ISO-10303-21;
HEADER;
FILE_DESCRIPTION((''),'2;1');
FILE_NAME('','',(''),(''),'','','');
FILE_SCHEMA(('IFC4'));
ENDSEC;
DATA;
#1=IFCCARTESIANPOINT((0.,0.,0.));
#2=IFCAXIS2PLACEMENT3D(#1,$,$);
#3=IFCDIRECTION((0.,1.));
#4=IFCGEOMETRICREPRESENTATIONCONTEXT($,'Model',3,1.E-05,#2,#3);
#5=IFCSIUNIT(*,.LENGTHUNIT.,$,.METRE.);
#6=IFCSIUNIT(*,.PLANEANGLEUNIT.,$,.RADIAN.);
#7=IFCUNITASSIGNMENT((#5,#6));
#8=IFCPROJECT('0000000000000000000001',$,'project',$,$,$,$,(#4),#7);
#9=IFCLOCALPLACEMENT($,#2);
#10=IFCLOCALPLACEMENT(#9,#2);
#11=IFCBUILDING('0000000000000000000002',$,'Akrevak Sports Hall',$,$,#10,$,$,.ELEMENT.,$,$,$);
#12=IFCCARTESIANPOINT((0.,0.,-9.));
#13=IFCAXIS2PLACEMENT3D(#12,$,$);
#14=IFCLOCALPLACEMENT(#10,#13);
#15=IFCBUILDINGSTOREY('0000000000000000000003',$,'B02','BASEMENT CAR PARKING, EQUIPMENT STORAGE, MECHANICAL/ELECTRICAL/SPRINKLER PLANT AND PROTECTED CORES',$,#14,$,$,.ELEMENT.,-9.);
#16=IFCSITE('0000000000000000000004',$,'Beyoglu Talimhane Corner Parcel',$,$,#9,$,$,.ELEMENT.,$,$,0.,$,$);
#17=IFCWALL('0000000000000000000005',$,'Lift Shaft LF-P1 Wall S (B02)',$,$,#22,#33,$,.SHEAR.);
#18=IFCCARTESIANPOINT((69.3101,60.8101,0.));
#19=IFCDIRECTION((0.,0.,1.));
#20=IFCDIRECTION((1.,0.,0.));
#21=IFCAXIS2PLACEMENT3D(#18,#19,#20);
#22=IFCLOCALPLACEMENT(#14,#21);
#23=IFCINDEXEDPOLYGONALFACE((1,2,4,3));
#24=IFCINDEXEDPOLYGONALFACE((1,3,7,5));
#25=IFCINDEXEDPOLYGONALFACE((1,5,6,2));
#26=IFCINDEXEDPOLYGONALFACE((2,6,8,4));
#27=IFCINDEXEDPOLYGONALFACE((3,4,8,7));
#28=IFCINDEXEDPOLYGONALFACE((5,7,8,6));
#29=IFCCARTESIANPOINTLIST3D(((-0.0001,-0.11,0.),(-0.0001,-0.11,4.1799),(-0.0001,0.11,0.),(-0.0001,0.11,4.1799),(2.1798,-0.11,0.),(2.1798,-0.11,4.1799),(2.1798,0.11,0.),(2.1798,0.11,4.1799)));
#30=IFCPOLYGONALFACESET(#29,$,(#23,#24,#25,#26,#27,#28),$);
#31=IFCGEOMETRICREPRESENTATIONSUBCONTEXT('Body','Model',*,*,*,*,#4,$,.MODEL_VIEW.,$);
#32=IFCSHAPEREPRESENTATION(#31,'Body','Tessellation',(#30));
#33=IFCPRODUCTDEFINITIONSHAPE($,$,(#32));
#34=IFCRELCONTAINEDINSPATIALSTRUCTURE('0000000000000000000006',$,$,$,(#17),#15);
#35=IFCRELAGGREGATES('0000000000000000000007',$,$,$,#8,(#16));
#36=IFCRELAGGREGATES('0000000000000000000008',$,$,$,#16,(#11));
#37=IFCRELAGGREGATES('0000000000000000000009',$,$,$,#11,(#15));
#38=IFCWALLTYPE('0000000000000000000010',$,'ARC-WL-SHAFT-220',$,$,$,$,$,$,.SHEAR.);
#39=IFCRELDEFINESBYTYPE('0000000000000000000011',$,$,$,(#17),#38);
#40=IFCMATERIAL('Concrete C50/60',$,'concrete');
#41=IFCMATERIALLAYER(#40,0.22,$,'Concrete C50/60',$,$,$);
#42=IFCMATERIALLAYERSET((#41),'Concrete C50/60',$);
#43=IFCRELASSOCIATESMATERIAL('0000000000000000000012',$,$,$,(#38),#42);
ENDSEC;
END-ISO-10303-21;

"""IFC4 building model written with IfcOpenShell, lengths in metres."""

from ifc_helpers import new_model, si_unit, direction, frame, frame_2d, origin, place, context, subcontext, project, spatial, rectangle, extrude, material, layer, layer_set, type_object, element, save


model = new_model("IFC4")

# Units and contexts
model_context = context("Model", 3, precision=1e-05, world=origin(), true_north=direction((0.0, 1.0)))
body_context = subcontext(model_context, "Body", "Model", "MODEL_VIEW")
ifc_project = project(units=[si_unit("LENGTHUNIT", "METRE"), si_unit("PLANEANGLEUNIT", "RADIAN")], contexts=[model_context])

# Site, building, storey
site_placement = place(None, origin())
site = spatial("IfcSite", under=ifc_project, at=site_placement, Name="Beyoglu Talimhane Corner Parcel", CompositionType="ELEMENT", RefElevation=0.0)
building_placement = place(site_placement, origin())
building = spatial("IfcBuilding", under=site, at=building_placement, Name="Akrevak Sports Hall", CompositionType="ELEMENT")
storey_placement = place(building_placement, frame((0.0, 0.0, -9.0)))
storey = spatial("IfcBuildingStorey", under=building, at=storey_placement, Name="B02", Description="BASEMENT CAR PARKING, EQUIPMENT STORAGE, MECHANICAL/ELECTRICAL/SPRINKLER PLANT AND PROTECTED CORES", CompositionType="ELEMENT", Elevation=-9.0)

# Wall
ifc_material_1 = material(Name="Concrete C50/60", Category="concrete")
ifc_layer_1 = layer(ifc_material_1, 0.22, Name="Concrete C50/60")
ifc_layer_set_1 = layer_set([ifc_layer_1], Name="Concrete C50/60")
wall_type_1 = type_object("IfcWallType", Name="ARC-WL-SHAFT-220", PredefinedType="SHEAR", material=ifc_layer_set_1)
wall_1_placement = place(storey_placement, frame((69.3101, 60.8101, 0.0), z_axis=(0.0, 0.0, 1.0), x_axis=(1.0, 0.0, 0.0)))
element("IfcWall", 1, at=wall_1_placement, inside=storey, type_object=wall_type_1, Name="Lift Shaft LF-P1 Wall S (B02)", PredefinedType="SHEAR", context=body_context, shape_type="SweptSolid", body=[
    extrude(rectangle(XDim=2.1799, YDim=0.22, at=frame_2d((1.0898, 0.0))), origin(), (0.0, 0.0, 1.0), 4.1799),
])

save(model, "model.ifc")
